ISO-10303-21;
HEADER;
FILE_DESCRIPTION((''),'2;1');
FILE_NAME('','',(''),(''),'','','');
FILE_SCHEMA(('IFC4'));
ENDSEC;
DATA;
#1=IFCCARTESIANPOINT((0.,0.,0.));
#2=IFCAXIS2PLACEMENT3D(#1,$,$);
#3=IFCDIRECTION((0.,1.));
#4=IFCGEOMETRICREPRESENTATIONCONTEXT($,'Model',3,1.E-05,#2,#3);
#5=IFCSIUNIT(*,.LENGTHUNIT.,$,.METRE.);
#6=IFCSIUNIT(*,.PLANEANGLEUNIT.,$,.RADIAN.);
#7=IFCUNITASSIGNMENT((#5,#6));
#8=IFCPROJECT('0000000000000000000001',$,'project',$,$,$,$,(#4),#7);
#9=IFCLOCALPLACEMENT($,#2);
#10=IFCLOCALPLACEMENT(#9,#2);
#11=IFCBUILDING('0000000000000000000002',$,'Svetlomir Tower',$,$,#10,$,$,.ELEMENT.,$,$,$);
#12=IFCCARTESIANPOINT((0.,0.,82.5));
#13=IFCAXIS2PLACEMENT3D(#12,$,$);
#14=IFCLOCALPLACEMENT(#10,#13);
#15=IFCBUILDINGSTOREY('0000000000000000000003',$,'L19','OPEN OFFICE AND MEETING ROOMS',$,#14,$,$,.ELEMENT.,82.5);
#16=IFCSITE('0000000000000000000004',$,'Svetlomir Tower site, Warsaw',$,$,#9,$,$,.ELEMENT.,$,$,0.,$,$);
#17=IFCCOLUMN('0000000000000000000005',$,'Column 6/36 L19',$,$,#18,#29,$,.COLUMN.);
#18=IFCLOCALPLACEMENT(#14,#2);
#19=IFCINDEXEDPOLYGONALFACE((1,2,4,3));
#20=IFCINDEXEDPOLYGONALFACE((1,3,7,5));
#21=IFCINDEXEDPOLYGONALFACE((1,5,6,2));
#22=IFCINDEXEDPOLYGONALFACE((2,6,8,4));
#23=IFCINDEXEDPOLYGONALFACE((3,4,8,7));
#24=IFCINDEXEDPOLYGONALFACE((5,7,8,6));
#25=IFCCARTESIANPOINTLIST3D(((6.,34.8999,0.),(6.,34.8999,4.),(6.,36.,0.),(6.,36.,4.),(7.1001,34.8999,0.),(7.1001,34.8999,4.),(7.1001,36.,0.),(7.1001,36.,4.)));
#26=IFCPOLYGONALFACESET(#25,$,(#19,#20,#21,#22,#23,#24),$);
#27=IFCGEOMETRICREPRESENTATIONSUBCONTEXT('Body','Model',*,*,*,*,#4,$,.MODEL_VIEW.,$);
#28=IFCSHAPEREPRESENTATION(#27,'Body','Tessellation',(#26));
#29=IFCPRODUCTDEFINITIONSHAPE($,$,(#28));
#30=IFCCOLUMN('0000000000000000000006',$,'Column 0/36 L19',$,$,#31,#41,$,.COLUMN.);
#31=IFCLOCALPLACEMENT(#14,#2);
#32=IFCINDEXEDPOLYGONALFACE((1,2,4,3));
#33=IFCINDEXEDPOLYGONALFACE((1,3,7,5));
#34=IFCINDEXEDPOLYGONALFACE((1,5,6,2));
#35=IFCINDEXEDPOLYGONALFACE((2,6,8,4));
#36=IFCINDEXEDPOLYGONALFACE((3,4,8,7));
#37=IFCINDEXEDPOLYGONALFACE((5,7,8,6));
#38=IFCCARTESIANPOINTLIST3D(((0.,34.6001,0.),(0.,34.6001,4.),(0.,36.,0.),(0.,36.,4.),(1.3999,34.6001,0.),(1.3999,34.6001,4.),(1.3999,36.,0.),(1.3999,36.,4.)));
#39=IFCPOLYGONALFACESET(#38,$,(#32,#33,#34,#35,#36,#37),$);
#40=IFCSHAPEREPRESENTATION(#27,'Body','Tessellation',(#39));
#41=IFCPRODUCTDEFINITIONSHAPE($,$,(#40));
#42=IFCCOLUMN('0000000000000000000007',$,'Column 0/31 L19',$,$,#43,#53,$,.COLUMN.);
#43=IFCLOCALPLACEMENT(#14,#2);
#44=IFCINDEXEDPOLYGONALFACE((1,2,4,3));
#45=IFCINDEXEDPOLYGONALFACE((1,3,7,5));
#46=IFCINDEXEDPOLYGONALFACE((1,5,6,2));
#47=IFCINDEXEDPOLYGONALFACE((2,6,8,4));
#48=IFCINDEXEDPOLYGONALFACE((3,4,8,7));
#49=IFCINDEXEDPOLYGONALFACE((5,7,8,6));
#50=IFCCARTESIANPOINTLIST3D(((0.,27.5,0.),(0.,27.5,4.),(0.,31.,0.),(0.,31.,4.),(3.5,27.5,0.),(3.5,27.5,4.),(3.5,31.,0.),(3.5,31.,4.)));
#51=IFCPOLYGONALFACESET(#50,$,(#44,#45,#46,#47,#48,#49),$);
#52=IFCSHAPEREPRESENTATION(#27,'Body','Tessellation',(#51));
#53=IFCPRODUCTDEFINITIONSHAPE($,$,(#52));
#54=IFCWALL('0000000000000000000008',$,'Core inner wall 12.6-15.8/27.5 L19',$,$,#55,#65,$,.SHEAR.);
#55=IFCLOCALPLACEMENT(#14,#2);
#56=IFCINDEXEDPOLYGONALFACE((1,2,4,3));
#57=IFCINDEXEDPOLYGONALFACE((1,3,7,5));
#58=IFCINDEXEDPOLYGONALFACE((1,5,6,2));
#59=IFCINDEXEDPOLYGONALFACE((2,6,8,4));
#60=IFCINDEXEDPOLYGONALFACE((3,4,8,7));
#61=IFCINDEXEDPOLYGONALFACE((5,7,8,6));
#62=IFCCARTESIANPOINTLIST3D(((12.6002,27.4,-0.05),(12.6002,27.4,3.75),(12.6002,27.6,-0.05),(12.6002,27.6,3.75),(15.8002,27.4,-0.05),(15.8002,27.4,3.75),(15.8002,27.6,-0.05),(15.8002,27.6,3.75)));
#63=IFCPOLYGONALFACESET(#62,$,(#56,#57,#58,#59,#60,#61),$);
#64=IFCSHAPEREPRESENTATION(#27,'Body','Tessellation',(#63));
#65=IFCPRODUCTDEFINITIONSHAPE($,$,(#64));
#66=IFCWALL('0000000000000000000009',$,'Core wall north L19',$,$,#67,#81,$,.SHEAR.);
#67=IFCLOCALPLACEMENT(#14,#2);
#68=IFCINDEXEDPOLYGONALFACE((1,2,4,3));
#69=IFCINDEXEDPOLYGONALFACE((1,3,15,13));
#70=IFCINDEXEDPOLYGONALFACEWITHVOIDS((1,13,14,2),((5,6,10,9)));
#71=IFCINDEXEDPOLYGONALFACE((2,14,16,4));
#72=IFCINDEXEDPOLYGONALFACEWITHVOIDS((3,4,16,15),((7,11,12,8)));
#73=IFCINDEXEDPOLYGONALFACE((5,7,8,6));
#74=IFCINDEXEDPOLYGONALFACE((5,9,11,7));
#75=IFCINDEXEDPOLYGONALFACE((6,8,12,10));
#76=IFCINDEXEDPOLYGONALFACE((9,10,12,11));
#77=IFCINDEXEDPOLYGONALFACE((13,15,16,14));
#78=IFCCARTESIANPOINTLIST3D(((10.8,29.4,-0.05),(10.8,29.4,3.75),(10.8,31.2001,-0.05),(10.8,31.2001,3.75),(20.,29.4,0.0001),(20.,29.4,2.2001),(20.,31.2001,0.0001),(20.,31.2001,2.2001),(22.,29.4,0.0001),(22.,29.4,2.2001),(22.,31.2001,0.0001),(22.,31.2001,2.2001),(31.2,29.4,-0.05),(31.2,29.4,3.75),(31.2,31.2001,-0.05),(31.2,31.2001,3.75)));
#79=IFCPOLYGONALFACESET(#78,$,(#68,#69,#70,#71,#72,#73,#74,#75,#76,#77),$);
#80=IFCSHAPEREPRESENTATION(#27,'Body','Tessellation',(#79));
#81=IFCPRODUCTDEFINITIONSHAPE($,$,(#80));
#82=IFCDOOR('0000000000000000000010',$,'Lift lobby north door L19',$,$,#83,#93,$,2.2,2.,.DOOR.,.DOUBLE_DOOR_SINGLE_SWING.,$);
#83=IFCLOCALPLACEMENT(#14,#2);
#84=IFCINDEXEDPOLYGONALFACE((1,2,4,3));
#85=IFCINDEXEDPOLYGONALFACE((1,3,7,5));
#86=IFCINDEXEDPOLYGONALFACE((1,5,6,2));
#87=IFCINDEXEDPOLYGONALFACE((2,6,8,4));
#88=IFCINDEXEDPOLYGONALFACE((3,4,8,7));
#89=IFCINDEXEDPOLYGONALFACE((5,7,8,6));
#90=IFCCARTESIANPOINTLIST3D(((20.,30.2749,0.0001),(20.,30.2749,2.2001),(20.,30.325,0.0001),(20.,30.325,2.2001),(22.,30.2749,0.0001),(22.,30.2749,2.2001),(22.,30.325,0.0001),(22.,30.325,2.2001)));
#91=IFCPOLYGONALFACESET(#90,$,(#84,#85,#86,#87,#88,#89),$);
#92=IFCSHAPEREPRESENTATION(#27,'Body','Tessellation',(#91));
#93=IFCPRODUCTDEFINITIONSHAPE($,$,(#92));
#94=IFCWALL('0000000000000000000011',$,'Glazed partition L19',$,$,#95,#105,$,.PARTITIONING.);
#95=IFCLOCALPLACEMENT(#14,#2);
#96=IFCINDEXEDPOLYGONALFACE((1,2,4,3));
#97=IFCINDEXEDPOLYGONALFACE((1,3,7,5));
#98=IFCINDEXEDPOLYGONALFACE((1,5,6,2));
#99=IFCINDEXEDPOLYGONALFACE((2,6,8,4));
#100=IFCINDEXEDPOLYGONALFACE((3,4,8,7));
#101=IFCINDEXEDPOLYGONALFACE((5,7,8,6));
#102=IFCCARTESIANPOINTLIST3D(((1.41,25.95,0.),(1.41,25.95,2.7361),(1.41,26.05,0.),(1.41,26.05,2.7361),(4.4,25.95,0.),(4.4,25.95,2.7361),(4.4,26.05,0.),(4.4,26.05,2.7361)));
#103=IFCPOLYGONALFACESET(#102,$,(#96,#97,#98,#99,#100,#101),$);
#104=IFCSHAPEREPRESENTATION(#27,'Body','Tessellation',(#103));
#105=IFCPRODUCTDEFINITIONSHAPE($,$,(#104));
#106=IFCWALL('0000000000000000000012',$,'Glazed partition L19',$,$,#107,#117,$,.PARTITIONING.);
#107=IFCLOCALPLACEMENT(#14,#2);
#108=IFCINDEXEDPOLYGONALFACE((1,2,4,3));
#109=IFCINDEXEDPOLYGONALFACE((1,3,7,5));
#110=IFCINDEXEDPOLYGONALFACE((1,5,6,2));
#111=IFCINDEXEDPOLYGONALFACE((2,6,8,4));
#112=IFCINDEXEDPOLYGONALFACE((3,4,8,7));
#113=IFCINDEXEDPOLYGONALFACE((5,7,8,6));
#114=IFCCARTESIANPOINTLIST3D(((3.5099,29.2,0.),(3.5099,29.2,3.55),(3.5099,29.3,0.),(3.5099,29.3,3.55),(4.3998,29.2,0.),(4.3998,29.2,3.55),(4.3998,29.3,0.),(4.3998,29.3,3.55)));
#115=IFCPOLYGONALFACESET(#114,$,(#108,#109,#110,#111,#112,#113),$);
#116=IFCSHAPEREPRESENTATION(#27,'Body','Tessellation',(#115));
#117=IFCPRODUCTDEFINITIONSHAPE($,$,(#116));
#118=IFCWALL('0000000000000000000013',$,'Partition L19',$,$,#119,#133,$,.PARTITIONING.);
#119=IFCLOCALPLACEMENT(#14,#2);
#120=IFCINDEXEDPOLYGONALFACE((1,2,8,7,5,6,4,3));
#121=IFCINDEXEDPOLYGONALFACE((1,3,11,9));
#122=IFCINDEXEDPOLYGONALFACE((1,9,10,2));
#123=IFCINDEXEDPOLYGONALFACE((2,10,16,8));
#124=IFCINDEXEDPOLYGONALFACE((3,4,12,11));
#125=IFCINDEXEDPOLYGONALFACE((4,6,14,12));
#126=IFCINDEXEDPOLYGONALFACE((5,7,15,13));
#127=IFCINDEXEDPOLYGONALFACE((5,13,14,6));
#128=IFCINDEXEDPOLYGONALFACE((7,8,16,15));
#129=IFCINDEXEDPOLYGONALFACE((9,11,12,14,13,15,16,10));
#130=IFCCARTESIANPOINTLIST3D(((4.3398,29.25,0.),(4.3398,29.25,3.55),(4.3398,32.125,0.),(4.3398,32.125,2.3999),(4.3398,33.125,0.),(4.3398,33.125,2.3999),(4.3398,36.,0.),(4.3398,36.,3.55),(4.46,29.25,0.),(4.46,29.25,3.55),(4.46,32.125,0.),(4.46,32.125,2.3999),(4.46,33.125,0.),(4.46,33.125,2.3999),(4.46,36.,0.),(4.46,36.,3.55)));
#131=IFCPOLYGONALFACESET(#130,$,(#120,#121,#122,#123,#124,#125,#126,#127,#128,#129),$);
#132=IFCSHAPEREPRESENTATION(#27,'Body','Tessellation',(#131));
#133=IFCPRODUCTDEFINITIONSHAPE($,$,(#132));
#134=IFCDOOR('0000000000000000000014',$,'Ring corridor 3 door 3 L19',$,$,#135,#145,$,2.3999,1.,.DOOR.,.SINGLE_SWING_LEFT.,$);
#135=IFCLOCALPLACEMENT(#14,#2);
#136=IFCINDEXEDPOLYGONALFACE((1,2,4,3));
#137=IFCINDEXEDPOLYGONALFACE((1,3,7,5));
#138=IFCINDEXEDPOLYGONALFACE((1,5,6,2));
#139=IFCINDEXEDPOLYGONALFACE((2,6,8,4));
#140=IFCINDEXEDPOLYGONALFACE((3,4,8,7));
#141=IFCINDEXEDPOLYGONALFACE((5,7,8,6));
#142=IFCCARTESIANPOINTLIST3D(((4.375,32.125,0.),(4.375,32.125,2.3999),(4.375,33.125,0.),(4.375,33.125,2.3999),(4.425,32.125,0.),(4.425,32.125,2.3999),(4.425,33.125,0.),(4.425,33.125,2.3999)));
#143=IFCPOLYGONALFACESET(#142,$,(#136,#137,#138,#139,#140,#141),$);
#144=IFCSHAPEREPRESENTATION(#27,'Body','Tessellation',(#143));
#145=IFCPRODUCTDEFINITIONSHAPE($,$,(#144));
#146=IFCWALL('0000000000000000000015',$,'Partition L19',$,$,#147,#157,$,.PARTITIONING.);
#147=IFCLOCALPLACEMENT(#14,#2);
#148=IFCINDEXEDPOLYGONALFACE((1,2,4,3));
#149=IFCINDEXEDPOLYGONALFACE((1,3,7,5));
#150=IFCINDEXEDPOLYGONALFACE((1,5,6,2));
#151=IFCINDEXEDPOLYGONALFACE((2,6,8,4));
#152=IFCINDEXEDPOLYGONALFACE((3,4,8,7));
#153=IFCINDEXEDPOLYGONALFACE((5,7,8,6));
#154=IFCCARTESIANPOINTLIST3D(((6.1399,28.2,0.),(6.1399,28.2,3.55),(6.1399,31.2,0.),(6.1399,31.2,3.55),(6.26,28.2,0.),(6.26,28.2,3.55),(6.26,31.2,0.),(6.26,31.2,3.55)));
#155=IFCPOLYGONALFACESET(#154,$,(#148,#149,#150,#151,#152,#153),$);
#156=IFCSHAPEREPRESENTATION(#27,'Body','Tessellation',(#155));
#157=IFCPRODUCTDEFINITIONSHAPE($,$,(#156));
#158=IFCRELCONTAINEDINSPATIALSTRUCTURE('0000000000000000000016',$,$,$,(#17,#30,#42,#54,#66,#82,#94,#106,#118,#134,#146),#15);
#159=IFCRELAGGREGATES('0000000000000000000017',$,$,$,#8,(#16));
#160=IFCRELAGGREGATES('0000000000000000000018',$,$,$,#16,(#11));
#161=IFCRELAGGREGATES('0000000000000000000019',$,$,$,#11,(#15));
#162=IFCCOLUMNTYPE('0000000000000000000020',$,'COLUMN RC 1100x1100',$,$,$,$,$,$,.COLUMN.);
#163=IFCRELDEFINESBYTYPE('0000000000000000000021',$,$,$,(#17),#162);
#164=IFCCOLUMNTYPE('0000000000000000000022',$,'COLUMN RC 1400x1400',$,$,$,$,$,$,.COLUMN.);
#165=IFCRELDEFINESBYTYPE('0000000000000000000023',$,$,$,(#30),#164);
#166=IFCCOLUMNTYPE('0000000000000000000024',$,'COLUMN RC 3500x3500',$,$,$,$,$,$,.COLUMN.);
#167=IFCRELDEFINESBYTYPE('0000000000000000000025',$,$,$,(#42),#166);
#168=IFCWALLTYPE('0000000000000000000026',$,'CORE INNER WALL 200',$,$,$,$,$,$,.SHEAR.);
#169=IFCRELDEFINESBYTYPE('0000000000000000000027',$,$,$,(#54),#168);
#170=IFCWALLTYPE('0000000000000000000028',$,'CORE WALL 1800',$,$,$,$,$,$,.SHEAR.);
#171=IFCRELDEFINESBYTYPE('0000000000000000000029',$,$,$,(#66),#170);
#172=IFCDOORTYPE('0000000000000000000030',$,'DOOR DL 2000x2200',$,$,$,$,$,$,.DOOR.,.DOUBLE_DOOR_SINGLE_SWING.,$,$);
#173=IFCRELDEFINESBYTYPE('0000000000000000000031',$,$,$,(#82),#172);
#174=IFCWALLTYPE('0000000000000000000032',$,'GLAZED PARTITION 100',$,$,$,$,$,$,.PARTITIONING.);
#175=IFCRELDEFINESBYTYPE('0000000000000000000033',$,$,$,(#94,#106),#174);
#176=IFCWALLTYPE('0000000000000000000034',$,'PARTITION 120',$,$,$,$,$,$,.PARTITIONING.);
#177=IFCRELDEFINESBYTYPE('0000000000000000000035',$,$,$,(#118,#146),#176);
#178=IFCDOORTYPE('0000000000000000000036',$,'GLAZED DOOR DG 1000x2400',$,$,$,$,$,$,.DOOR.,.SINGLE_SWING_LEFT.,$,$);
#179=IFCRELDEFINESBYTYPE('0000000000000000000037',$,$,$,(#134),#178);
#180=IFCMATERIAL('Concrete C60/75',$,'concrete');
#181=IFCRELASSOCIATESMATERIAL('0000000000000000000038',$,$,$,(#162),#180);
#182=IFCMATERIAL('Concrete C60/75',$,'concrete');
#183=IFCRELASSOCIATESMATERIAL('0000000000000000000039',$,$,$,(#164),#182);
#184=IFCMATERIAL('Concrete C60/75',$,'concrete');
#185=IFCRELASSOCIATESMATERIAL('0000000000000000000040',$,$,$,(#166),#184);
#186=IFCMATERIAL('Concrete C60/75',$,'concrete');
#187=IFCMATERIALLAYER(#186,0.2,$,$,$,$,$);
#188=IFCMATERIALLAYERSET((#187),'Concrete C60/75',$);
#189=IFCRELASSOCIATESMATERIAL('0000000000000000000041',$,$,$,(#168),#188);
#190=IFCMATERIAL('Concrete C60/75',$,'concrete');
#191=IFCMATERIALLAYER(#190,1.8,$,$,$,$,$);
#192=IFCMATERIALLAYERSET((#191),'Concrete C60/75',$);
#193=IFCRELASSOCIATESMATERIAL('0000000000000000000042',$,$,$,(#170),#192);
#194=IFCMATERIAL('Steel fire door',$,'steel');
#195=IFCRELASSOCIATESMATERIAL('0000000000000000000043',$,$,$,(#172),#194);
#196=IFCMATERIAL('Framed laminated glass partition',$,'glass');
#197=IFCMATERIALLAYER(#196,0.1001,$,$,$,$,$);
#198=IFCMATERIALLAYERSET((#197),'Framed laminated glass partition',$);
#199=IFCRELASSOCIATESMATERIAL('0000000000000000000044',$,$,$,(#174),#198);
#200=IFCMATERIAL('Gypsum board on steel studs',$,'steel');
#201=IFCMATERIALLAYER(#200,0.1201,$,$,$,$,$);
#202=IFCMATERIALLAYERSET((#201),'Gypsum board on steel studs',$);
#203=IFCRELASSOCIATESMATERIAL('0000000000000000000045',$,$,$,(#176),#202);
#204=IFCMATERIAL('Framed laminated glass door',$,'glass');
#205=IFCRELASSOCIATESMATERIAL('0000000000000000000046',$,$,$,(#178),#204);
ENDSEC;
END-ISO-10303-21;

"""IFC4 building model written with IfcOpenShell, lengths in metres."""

from ifc_helpers import new_model, si_unit, direction, frame, frame_2d, origin, origin_2d, place, context, subcontext, project, spatial, rectangle, extrude, material, layer, layer_set, material_profile, profile_set, type_object, element, fill, save


model = new_model("IFC4")

# Units and contexts
model_context = context("Model", 3, precision=1e-05, world=origin(), true_north=direction((0.0, 1.0)))
body_context = subcontext(model_context, "Body", "Model", "MODEL_VIEW")
ifc_project = project(units=[si_unit("LENGTHUNIT", "METRE"), si_unit("PLANEANGLEUNIT", "RADIAN")], contexts=[model_context])

# Site, building, storey
site_placement = place(None, origin())
site = spatial("IfcSite", under=ifc_project, at=site_placement, Name="Svetlomir Tower site, Warsaw", CompositionType="ELEMENT", RefElevation=0.0)
building_placement = place(site_placement, origin())
building = spatial("IfcBuilding", under=site, at=building_placement, Name="Svetlomir Tower", CompositionType="ELEMENT")
storey_placement = place(building_placement, frame((0.0, 0.0, 82.5)))
storey = spatial("IfcBuildingStorey", under=building, at=storey_placement, Name="L19", Description="OPEN OFFICE AND MEETING ROOMS", CompositionType="ELEMENT", Elevation=82.5)

# Columns
ifc_material_1 = material(Name="Concrete C60/75", Category="concrete")
ifc_material_profile_1 = material_profile(ifc_material_1, rectangle(XDim=1.1001, YDim=1.1001, at=origin_2d()), Name="RC 1100x1100")
ifc_profile_set_1 = profile_set([ifc_material_profile_1], Name="Concrete C60/75")
column_type_1 = type_object("IfcColumnType", Name="COLUMN RC 1100x1100", PredefinedType="COLUMN", material=ifc_profile_set_1)
column_1_placement = place(storey_placement, frame((6.55, 35.45, 0.0), z_axis=(0.0, 0.0, 1.0), x_axis=(1.0, 0.0, 0.0)))
element("IfcColumn", 1, at=column_1_placement, inside=storey, type_object=column_type_1, Name="Column 6/36 L19", PredefinedType="COLUMN", context=body_context, shape_type="SweptSolid", body=[
    extrude(rectangle(XDim=1.1001, YDim=1.1001, at=origin_2d()), origin(), (0.0, 0.0, 1.0), 4.0),
])
ifc_material_2 = material(Name="Concrete C60/75", Category="concrete")
ifc_material_profile_2 = material_profile(ifc_material_2, rectangle(XDim=1.3999, YDim=1.3999, at=origin_2d()), Name="RC 1400x1400")
ifc_profile_set_2 = profile_set([ifc_material_profile_2], Name="Concrete C60/75")
column_type_2 = type_object("IfcColumnType", Name="COLUMN RC 1400x1400", PredefinedType="COLUMN", material=ifc_profile_set_2)
column_2_placement = place(storey_placement, frame((0.7, 35.3, 0.0), z_axis=(0.0, 0.0, 1.0), x_axis=(1.0, 0.0, 0.0)))
element("IfcColumn", 2, at=column_2_placement, inside=storey, type_object=column_type_2, Name="Column 0/36 L19", PredefinedType="COLUMN", context=body_context, shape_type="SweptSolid", body=[
    extrude(rectangle(XDim=1.3999, YDim=1.3999, at=origin_2d()), origin(), (0.0, 0.0, 1.0), 4.0),
])
ifc_material_3 = material(Name="Concrete C60/75", Category="concrete")
ifc_material_profile_3 = material_profile(ifc_material_3, rectangle(XDim=3.5, YDim=3.5, at=origin_2d()), Name="RC 3500x3500")
ifc_profile_set_3 = profile_set([ifc_material_profile_3], Name="Concrete C60/75")
column_type_3 = type_object("IfcColumnType", Name="COLUMN RC 3500x3500", PredefinedType="COLUMN", material=ifc_profile_set_3)
column_3_placement = place(storey_placement, frame((1.75, 29.25, 0.0), z_axis=(0.0, 0.0, 1.0), x_axis=(1.0, 0.0, 0.0)))
element("IfcColumn", 3, at=column_3_placement, inside=storey, type_object=column_type_3, Name="Column 0/31 L19", PredefinedType="COLUMN", context=body_context, shape_type="SweptSolid", body=[
    extrude(rectangle(XDim=3.5, YDim=3.5, at=origin_2d()), origin(), (0.0, 0.0, 1.0), 4.0),
])

# Wall
ifc_material_4 = material(Name="Concrete C60/75", Category="concrete")
ifc_layer_1 = layer(ifc_material_4, 0.2)
ifc_layer_set_1 = layer_set([ifc_layer_1], Name="Concrete C60/75")
wall_type_1 = type_object("IfcWallType", Name="CORE INNER WALL 200", PredefinedType="SHEAR", material=ifc_layer_set_1)
wall_1_placement = place(storey_placement, frame((12.6001, 27.5, -0.05), z_axis=(0.0, 0.0, 1.0), x_axis=(1.0, 0.0, 0.0)))
element("IfcWall", 4, at=wall_1_placement, inside=storey, type_object=wall_type_1, Name="Core inner wall 12.6-15.8/27.5 L19", PredefinedType="SHEAR", context=body_context, shape_type="SweptSolid", body=[
    extrude(rectangle(XDim=3.2, YDim=0.2, at=frame_2d((1.6001, 0.0))), origin(), (0.0, 0.0, 1.0), 3.8),
])

# Wall, opening, door
ifc_material_5 = material(Name="Concrete C60/75", Category="concrete")
ifc_layer_2 = layer(ifc_material_5, 1.8)
ifc_layer_set_2 = layer_set([ifc_layer_2], Name="Concrete C60/75")
wall_type_2 = type_object("IfcWallType", Name="CORE WALL 1800", PredefinedType="SHEAR", material=ifc_layer_set_2)
wall_2_placement = place(storey_placement, frame((10.8, 30.3, -0.05), z_axis=(0.0, 0.0, 1.0), x_axis=(1.0, 0.0, 0.0)))
wall_2 = element("IfcWall", 5, at=wall_2_placement, inside=storey, type_object=wall_type_2, Name="Core wall north L19", PredefinedType="SHEAR", context=body_context, shape_type="SweptSolid", body=[
    extrude(rectangle(XDim=20.3999, YDim=1.8, at=frame_2d((10.2, 0.0))), origin(), (0.0, 0.0, 1.0), 3.8),
])
opening_1_placement = place(wall_2_placement, frame((9.2, 0.0, 0.05)))
opening_1 = element("IfcOpeningElement", 6, at=opening_1_placement, cuts=wall_2, PredefinedType="OPENING", context=body_context, shape_type="SweptSolid", body=[
    extrude(rectangle(XDim=2.0, YDim=2.2, at=frame_2d((1.0, 1.1001))), frame((0.0, 0.9102, 0.0), z_axis=(0.0, -1.0, 0.0), x_axis=(1.0, 0.0, 0.0)), (0.0, 0.0, 1.0), 1.8201),
])
ifc_material_6 = material(Name="Steel fire door", Category="steel")
door_type_1 = type_object("IfcDoorType", Name="DOOR DL 2000x2200", OperationType="DOUBLE_DOOR_SINGLE_SWING", PredefinedType="DOOR", material=ifc_material_6)
door_1_placement = place(opening_1_placement, origin())
door_1 = element("IfcDoor", 7, at=door_1_placement, inside=storey, type_object=door_type_1, Name="Lift lobby north door L19", OperationType="DOUBLE_DOOR_SINGLE_SWING", OverallHeight=2.2, OverallWidth=2.0, PredefinedType="DOOR", context=body_context, shape_type="SweptSolid", body=[
    extrude(rectangle(XDim=2.0, YDim=2.2, at=frame_2d((1.0, 1.1001))), frame((0.0, 0.0249, 0.0), z_axis=(0.0, -1.0, 0.0), x_axis=(1.0, 0.0, 0.0)), (0.0, 0.0, 1.0), 0.05),
])
fill(opening_1, door_1)

# Walls
ifc_material_7 = material(Name="Framed laminated glass partition", Category="glass")
ifc_layer_3 = layer(ifc_material_7, 0.1001)
ifc_layer_set_3 = layer_set([ifc_layer_3], Name="Framed laminated glass partition")
wall_type_3 = type_object("IfcWallType", Name="GLAZED PARTITION 100", PredefinedType="PARTITIONING", material=ifc_layer_set_3)
wall_3_placement = place(storey_placement, frame((1.4099, 26.0, 0.0), z_axis=(0.0, 0.0, 1.0), x_axis=(1.0, 0.0, 0.0)))
element("IfcWall", 8, at=wall_3_placement, inside=storey, type_object=wall_type_3, Name="Glazed partition L19", PredefinedType="PARTITIONING", context=body_context, shape_type="SweptSolid", body=[
    extrude(rectangle(XDim=2.99, YDim=0.1001, at=frame_2d((1.4951, 0.0))), origin(), (0.0, 0.0, 1.0), 2.7361),
])
wall_4_placement = place(storey_placement, frame((3.51, 29.25, 0.0), z_axis=(0.0, 0.0, 1.0), x_axis=(1.0, 0.0, 0.0)))
element("IfcWall", 9, at=wall_4_placement, inside=storey, type_object=wall_type_3, Name="Glazed partition L19", PredefinedType="PARTITIONING", context=body_context, shape_type="SweptSolid", body=[
    extrude(rectangle(XDim=0.8899, YDim=0.1001, at=frame_2d((0.4448, 0.0))), origin(), (0.0, 0.0, 1.0), 3.55),
])

# Wall, opening, door
ifc_material_8 = material(Name="Gypsum board on steel studs", Category="steel")
ifc_layer_4 = layer(ifc_material_8, 0.1201)
ifc_layer_set_4 = layer_set([ifc_layer_4], Name="Gypsum board on steel studs")
wall_type_4 = type_object("IfcWallType", Name="PARTITION 120", PredefinedType="PARTITIONING", material=ifc_layer_set_4)
ifc_material_9 = material(Name="Framed laminated glass door", Category="glass")
door_type_2 = type_object("IfcDoorType", Name="GLAZED DOOR DG 1000x2400", OperationType="SINGLE_SWING_LEFT", PredefinedType="DOOR", material=ifc_material_9)
wall_5_placement = place(storey_placement, frame((4.3999, 29.25, 0.0), z_axis=(0.0, 0.0, 1.0), x_axis=(0.0, 1.0, 0.0)))
wall_5 = element("IfcWall", 10, at=wall_5_placement, inside=storey, type_object=wall_type_4, Name="Partition L19", PredefinedType="PARTITIONING", context=body_context, shape_type="SweptSolid", body=[
    extrude(rectangle(XDim=6.75, YDim=0.1201, at=frame_2d((3.375, 0.0))), origin(), (0.0, 0.0, 1.0), 3.55),
])
opening_2_placement = place(wall_5_placement, frame((2.875, 0.0, 0.0)))
opening_2 = element("IfcOpeningElement", 11, at=opening_2_placement, cuts=wall_5, PredefinedType="OPENING", context=body_context, shape_type="SweptSolid", body=[
    extrude(rectangle(XDim=1.0, YDim=2.3999, at=frame_2d((0.5, 1.2))), frame((0.0, 0.0701, 0.0), z_axis=(0.0, -1.0, 0.0), x_axis=(1.0, 0.0, 0.0)), (0.0, 0.0, 1.0), 0.1401),
])
door_2_placement = place(opening_2_placement, origin())
door_2 = element("IfcDoor", 12, at=door_2_placement, inside=storey, type_object=door_type_2, Name="Ring corridor 3 door 3 L19", OperationType="SINGLE_SWING_LEFT", OverallHeight=2.3999, OverallWidth=1.0, PredefinedType="DOOR", context=body_context, shape_type="SweptSolid", body=[
    extrude(rectangle(XDim=1.0, YDim=2.3999, at=frame_2d((0.5, 1.2))), frame((0.0, 0.0249, 0.0), z_axis=(0.0, -1.0, 0.0), x_axis=(1.0, 0.0, 0.0)), (0.0, 0.0, 1.0), 0.05),
])
fill(opening_2, door_2)

# Wall
wall_6_placement = place(storey_placement, frame((6.2, 28.2, 0.0), z_axis=(0.0, 0.0, 1.0), x_axis=(0.0, 1.0, 0.0)))
element("IfcWall", 13, at=wall_6_placement, inside=storey, type_object=wall_type_4, Name="Partition L19", PredefinedType="PARTITIONING", context=body_context, shape_type="SweptSolid", body=[
    extrude(rectangle(XDim=3.0, YDim=0.1201, at=frame_2d((1.5, 0.0))), origin(), (0.0, 0.0, 1.0), 3.55),
])

save(model, "model.ifc")
